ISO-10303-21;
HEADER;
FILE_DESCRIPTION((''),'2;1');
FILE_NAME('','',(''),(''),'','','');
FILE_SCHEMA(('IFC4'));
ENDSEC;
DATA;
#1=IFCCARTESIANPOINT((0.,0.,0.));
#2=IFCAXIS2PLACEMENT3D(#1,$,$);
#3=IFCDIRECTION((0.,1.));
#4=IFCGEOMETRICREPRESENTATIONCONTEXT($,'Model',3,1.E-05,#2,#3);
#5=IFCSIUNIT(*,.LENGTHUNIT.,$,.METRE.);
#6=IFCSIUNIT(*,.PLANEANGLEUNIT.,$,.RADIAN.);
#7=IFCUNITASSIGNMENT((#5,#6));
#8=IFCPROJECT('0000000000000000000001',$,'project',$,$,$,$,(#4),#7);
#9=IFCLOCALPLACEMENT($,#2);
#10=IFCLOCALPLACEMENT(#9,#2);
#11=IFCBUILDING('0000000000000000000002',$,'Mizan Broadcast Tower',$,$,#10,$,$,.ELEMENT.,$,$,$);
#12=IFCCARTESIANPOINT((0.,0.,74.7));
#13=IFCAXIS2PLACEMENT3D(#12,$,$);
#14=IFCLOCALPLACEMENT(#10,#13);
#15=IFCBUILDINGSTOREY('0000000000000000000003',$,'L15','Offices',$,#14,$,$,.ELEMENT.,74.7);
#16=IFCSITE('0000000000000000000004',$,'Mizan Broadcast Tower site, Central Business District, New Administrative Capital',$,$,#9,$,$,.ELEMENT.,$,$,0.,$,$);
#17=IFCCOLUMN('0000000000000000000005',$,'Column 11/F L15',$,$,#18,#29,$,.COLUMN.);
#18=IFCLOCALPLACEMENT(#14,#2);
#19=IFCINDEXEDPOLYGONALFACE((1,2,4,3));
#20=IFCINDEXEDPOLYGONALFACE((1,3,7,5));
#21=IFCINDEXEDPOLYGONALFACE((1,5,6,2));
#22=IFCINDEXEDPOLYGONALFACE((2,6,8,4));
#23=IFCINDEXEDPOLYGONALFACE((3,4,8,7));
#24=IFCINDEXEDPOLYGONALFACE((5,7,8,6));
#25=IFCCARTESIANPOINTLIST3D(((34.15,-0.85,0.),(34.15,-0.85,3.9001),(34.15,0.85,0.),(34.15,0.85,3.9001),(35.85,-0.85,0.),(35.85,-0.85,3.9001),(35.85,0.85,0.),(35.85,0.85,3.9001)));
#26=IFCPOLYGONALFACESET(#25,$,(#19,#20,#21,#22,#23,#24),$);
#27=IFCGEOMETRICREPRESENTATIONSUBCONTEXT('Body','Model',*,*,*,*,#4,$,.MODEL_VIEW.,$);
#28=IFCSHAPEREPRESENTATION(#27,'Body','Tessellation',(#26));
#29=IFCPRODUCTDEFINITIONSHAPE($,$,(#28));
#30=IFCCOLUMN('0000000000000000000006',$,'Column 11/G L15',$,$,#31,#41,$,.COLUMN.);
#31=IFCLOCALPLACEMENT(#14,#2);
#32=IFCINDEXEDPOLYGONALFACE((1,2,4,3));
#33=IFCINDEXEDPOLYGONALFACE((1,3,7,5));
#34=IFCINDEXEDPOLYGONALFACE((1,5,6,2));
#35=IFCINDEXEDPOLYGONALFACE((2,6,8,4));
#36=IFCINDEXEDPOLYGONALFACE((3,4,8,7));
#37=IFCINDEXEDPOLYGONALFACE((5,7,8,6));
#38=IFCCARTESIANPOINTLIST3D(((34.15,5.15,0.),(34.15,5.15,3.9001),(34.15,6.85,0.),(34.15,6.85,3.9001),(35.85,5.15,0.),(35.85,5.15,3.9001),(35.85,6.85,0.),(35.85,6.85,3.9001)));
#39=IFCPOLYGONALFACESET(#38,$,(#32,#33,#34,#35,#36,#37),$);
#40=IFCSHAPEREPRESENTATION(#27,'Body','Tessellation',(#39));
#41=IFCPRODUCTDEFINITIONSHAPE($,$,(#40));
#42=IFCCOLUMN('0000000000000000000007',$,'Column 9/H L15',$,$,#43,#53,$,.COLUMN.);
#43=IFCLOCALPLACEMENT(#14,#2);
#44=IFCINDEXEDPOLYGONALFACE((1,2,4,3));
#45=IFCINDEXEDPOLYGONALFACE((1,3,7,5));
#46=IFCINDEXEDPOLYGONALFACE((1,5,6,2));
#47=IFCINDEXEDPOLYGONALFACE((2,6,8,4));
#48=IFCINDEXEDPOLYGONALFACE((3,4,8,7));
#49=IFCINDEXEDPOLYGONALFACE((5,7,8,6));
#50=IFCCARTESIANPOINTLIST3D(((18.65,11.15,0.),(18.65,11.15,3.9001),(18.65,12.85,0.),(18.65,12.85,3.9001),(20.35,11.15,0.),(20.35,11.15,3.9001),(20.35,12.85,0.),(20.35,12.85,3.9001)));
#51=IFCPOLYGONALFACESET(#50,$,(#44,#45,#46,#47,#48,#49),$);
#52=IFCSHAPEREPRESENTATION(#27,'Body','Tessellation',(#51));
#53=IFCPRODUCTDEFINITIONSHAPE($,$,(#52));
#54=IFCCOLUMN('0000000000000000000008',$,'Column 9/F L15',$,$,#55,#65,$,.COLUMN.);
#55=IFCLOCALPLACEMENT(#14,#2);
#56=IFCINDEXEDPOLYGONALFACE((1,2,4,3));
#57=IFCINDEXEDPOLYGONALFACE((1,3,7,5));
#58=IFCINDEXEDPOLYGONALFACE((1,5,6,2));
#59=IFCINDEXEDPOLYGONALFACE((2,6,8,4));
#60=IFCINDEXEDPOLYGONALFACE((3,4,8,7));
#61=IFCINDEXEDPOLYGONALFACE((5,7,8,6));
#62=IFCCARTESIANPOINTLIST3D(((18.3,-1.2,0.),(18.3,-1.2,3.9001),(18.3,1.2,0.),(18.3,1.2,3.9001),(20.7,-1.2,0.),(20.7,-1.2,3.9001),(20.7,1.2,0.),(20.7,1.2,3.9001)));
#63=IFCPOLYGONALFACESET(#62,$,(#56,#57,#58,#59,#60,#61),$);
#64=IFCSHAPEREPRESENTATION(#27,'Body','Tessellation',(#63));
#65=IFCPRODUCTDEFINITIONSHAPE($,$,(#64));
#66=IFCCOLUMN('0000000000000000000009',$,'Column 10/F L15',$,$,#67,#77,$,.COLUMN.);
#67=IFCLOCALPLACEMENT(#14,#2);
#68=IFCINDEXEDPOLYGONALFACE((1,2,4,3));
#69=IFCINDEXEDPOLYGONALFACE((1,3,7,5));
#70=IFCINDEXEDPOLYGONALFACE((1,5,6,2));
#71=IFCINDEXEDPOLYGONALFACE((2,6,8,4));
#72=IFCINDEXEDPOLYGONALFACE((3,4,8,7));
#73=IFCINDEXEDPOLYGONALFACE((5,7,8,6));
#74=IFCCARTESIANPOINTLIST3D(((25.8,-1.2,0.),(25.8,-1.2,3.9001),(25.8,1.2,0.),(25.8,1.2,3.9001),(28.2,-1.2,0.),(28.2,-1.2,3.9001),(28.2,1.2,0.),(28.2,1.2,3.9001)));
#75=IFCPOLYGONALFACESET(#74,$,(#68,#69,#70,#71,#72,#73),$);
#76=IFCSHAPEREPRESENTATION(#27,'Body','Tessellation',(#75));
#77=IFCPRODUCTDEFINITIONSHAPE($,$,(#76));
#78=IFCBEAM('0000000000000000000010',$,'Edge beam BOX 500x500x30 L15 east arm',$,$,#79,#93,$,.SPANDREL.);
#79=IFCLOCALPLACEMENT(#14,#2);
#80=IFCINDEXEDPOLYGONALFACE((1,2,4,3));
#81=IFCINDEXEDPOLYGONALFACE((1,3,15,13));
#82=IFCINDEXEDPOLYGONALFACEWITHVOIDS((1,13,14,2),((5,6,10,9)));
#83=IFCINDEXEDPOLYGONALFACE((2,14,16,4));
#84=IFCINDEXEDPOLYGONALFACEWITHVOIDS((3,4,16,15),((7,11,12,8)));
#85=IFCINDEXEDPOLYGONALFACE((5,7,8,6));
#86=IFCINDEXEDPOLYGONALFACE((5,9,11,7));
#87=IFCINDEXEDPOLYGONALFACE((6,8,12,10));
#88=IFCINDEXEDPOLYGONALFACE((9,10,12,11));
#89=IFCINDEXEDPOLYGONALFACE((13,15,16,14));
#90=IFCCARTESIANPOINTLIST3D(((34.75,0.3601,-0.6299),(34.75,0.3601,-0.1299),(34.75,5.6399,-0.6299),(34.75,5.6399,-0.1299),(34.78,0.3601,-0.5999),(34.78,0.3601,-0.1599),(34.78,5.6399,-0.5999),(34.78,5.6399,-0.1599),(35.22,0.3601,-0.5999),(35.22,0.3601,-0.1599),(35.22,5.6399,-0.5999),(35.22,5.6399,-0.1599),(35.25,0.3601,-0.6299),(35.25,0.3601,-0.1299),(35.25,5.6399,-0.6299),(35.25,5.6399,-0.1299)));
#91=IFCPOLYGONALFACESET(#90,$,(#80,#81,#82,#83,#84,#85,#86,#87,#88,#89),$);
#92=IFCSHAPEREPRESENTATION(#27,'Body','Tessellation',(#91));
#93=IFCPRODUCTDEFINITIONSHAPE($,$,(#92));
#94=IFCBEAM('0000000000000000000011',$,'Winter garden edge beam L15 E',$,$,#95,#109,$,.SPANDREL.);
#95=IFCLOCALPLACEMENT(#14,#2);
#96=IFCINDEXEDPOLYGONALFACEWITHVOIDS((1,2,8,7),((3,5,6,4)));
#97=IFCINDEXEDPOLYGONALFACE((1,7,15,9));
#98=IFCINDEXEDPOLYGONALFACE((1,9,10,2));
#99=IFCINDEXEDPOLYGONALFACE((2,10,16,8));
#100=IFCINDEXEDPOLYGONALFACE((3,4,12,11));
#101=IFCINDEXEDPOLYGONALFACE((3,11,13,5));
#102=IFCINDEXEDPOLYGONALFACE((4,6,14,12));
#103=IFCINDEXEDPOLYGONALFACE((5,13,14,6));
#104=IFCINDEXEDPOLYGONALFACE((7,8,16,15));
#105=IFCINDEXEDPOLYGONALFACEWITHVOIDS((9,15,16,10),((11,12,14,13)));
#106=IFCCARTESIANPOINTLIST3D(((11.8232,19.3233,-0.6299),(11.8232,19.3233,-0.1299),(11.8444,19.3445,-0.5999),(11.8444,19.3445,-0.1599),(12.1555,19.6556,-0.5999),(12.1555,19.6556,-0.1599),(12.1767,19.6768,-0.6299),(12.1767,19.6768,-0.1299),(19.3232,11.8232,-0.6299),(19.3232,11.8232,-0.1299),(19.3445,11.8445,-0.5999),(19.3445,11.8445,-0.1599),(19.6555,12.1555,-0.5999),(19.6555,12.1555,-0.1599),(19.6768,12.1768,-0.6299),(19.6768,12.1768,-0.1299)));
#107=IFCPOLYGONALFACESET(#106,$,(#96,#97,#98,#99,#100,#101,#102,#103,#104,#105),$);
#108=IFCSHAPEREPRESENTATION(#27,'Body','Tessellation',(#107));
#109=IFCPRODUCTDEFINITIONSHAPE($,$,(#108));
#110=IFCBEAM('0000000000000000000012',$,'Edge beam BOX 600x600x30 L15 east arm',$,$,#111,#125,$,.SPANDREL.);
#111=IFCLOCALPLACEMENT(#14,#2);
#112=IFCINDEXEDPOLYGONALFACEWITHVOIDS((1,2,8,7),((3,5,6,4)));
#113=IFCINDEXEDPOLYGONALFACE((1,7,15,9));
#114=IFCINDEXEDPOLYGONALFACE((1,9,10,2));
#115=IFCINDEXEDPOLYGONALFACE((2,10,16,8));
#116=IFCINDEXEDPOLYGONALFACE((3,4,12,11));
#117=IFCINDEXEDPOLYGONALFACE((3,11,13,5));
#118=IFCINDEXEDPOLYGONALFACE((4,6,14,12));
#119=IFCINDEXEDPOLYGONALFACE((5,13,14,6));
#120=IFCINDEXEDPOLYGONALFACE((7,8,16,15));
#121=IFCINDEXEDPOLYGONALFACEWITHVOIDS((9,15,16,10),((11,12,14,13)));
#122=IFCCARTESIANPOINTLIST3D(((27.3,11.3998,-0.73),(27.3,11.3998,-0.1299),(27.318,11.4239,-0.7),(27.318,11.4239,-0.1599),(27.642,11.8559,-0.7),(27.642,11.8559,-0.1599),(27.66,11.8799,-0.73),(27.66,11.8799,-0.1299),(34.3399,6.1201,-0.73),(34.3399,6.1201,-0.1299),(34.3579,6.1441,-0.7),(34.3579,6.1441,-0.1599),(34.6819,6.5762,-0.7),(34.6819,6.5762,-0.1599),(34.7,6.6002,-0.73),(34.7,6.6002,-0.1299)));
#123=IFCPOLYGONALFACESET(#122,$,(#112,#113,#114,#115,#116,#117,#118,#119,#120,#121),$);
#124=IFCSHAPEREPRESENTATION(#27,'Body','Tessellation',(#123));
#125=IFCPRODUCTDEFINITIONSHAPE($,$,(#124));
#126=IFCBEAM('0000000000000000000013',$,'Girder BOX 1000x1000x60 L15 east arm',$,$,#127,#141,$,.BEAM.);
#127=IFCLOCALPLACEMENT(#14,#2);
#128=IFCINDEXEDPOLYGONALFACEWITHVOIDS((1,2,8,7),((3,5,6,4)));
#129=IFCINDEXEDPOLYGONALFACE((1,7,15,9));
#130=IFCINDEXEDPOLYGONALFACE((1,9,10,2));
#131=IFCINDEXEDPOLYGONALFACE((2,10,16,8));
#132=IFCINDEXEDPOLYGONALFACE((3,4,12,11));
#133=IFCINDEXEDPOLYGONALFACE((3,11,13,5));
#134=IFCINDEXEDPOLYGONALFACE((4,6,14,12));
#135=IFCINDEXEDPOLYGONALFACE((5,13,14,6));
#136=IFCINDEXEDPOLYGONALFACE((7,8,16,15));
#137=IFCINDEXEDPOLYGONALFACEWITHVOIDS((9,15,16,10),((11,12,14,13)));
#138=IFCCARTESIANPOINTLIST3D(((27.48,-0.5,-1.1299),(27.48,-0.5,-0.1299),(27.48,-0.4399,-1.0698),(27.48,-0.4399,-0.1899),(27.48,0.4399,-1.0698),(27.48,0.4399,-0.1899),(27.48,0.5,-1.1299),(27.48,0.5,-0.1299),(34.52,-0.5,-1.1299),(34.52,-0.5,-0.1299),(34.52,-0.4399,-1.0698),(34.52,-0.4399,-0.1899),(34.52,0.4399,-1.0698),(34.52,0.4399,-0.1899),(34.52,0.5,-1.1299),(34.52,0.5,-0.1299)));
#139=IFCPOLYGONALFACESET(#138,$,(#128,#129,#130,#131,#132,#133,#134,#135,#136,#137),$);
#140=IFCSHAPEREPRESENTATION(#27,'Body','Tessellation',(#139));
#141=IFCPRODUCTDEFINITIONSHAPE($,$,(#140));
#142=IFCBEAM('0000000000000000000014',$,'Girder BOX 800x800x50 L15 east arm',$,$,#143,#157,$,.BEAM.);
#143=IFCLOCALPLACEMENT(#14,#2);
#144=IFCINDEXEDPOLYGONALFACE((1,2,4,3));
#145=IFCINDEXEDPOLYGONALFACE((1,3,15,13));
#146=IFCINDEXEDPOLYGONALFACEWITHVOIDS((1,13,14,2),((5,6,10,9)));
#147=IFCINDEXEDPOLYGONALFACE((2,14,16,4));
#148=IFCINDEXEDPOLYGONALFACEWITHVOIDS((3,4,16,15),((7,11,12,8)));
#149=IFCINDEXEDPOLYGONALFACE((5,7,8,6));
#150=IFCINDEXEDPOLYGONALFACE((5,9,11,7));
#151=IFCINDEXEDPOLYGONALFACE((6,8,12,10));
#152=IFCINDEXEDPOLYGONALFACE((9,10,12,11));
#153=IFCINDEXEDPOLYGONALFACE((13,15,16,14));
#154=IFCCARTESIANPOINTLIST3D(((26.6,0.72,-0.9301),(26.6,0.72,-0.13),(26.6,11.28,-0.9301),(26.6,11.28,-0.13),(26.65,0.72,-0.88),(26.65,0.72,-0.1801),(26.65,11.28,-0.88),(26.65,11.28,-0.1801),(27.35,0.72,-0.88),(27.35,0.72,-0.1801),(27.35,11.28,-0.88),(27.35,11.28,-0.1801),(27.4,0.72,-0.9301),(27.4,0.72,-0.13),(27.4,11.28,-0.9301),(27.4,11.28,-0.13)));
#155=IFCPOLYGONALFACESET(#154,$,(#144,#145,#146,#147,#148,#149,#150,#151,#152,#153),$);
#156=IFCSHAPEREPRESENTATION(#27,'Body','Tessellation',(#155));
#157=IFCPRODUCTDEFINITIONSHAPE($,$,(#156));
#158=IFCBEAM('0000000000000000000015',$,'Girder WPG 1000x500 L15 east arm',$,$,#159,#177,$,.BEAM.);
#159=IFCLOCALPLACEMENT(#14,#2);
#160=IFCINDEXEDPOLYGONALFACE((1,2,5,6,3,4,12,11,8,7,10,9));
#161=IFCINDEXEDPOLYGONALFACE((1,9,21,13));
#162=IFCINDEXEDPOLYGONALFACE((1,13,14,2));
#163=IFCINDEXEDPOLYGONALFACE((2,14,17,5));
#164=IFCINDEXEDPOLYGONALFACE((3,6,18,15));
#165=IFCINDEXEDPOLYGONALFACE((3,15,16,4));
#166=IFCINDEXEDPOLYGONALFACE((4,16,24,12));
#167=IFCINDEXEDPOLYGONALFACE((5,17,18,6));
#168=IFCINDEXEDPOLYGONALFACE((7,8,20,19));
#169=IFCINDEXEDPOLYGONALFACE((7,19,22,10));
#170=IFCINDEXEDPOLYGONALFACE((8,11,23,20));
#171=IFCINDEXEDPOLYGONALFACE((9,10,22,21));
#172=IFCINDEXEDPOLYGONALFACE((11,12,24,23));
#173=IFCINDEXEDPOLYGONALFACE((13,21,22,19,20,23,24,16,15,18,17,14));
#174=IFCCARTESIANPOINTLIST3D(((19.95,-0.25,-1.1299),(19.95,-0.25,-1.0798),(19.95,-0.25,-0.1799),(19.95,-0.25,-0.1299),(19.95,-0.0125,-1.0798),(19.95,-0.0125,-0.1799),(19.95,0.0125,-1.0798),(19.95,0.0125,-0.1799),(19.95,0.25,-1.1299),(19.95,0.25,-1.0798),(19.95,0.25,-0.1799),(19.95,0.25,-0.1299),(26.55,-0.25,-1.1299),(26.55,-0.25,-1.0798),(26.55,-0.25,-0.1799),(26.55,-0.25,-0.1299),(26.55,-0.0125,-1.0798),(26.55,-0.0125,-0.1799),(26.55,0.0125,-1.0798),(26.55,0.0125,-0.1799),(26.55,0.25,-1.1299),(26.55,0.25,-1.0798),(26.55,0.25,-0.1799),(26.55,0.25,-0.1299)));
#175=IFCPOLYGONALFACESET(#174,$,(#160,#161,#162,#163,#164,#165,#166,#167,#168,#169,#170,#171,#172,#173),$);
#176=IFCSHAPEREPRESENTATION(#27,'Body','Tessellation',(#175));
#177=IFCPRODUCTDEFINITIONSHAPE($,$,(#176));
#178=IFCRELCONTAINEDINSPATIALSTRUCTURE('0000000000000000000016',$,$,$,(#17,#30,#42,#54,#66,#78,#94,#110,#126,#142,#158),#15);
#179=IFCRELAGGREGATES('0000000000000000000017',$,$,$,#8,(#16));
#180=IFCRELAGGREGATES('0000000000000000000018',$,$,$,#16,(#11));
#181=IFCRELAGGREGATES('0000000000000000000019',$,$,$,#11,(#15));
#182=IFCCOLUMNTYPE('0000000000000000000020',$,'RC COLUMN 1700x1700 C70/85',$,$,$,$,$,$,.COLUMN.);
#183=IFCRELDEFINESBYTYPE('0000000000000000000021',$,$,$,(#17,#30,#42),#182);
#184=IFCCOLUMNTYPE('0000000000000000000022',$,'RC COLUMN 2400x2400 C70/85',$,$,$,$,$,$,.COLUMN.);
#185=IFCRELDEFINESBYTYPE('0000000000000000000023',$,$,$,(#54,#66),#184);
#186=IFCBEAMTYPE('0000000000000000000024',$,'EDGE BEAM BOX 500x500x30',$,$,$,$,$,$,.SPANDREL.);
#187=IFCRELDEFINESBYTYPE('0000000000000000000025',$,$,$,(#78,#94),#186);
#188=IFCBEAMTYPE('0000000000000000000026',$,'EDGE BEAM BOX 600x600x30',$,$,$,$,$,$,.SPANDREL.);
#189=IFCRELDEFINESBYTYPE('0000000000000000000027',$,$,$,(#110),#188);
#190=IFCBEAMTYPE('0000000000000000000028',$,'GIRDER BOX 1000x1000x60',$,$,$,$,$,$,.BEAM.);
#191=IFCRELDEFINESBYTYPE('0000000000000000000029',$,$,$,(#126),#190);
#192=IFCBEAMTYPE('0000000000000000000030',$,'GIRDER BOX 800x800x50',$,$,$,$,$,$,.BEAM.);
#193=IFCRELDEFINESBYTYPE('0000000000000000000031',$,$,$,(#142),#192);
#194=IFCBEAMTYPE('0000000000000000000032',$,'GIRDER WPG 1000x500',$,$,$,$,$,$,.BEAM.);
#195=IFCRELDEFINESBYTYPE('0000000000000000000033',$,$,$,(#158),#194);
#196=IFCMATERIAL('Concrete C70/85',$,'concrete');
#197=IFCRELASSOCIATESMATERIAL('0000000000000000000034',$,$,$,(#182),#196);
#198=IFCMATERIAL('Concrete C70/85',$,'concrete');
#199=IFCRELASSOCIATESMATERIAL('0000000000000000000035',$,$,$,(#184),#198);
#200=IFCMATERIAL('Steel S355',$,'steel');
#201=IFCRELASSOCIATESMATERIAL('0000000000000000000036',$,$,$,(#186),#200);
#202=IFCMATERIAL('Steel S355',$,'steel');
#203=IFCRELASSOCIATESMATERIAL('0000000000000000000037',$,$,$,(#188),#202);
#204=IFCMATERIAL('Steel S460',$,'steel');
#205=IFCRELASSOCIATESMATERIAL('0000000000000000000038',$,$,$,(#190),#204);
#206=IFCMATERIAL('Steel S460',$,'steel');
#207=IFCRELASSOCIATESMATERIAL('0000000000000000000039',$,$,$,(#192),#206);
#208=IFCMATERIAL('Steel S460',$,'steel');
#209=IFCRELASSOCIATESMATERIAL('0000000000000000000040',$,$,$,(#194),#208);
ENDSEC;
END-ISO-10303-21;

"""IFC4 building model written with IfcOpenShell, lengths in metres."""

from ifc_helpers import new_model, si_unit, direction, frame, origin, origin_2d, place, context, subcontext, project, spatial, rectangle, hollow_rectangle, i_section, extrude, material, material_profile, profile_set, type_object, element, save


model = new_model("IFC4")

# Units and contexts
model_context = context("Model", 3, precision=1e-05, world=origin(), true_north=direction((0.0, 1.0)))
body_context = subcontext(model_context, "Body", "Model", "MODEL_VIEW")
ifc_project = project(units=[si_unit("LENGTHUNIT", "METRE"), si_unit("PLANEANGLEUNIT", "RADIAN")], contexts=[model_context])

# Site, building, storey
site_placement = place(None, origin())
site = spatial("IfcSite", under=ifc_project, at=site_placement, Name="Mizan Broadcast Tower site, Central Business District, New Administrative Capital", CompositionType="ELEMENT", RefElevation=0.0)
building_placement = place(site_placement, origin())
building = spatial("IfcBuilding", under=site, at=building_placement, Name="Mizan Broadcast Tower", CompositionType="ELEMENT")
storey_placement = place(building_placement, frame((0.0, 0.0, 74.7)))
storey = spatial("IfcBuildingStorey", under=building, at=storey_placement, Name="L15", Description="Offices", CompositionType="ELEMENT", Elevation=74.7)

# Columns
ifc_material_1 = material(Name="Concrete C70/85", Category="concrete")
ifc_material_profile_1 = material_profile(ifc_material_1, rectangle(XDim=1.7, YDim=1.7, at=origin_2d()), Name="RC 1700x1700")
ifc_profile_set_1 = profile_set([ifc_material_profile_1], Name="Concrete C70/85")
column_type_1 = type_object("IfcColumnType", Name="RC COLUMN 1700x1700 C70/85", PredefinedType="COLUMN", material=ifc_profile_set_1)
for number, where, z_axis, x_axis, name in (
    (1, (35.0, 0.0, 0.0), (0.0, 0.0, 1.0), (1.0, 0.0, 0.0), "Column 11/F L15"),
    (2, (35.0, 6.0, 0.0), (0.0, 0.0, 1.0), (1.0, 0.0, 0.0), "Column 11/G L15"),
    (3, (19.5, 12.0, 0.0), (0.0, 0.0, 1.0), (1.0, 0.0, 0.0), "Column 9/H L15"),
):
    element("IfcColumn", number, at=place(storey_placement, frame(where, z_axis=z_axis, x_axis=x_axis)), inside=storey, type_object=column_type_1, Name=name, PredefinedType="COLUMN", context=body_context, shape_type="SweptSolid", body=[
        extrude(rectangle(XDim=1.7, YDim=1.7, at=origin_2d()), origin(), (0.0, 0.0, 1.0), 3.9001),
    ])
ifc_material_2 = material(Name="Concrete C70/85", Category="concrete")
ifc_material_profile_2 = material_profile(ifc_material_2, rectangle(XDim=2.3999, YDim=2.3999, at=origin_2d()), Name="RC 2400x2400")
ifc_profile_set_2 = profile_set([ifc_material_profile_2], Name="Concrete C70/85")
column_type_2 = type_object("IfcColumnType", Name="RC COLUMN 2400x2400 C70/85", PredefinedType="COLUMN", material=ifc_profile_set_2)
for number, where, z_axis, x_axis, name in (
    (4, (19.5, 0.0, 0.0), (0.0, 0.0, 1.0), (1.0, 0.0, 0.0), "Column 9/F L15"),
    (5, (27.0, 0.0, 0.0), (0.0, 0.0, 1.0), (1.0, 0.0, 0.0), "Column 10/F L15"),
):
    element("IfcColumn", number, at=place(storey_placement, frame(where, z_axis=z_axis, x_axis=x_axis)), inside=storey, type_object=column_type_2, Name=name, PredefinedType="COLUMN", context=body_context, shape_type="SweptSolid", body=[
        extrude(rectangle(XDim=2.3999, YDim=2.3999, at=origin_2d()), origin(), (0.0, 0.0, 1.0), 3.9001),
    ])

# Beams
ifc_material_3 = material(Name="Steel S355", Category="steel")
ifc_material_profile_3 = material_profile(ifc_material_3, hollow_rectangle(XDim=0.5, YDim=0.5, WallThickness=0.03, at=origin_2d()), Name="BOX 500x500x30")
ifc_profile_set_3 = profile_set([ifc_material_profile_3], Name="Steel S355")
beam_type_1 = type_object("IfcBeamType", Name="EDGE BEAM BOX 500x500x30", PredefinedType="SPANDREL", material=ifc_profile_set_3)
beam_1_placement = place(storey_placement, frame((35.0, 5.6399, -0.3799), z_axis=(0.0, -1.0, 0.0), x_axis=(1.0, 0.0, 0.0)))
element("IfcBeam", 6, at=beam_1_placement, inside=storey, type_object=beam_type_1, Name="Edge beam BOX 500x500x30 L15 east arm", PredefinedType="SPANDREL", context=body_context, shape_type="SweptSolid", body=[
    extrude(hollow_rectangle(XDim=0.5, YDim=0.5, WallThickness=0.03, at=origin_2d()), origin(), (0.0, 0.0, 1.0), 5.2798),
])
beam_2_placement = place(storey_placement, frame((19.5, 12.0, -0.3799), z_axis=(-0.707107, 0.707107, 0.0), x_axis=(-0.707107, -0.707107, 0.0)))
element("IfcBeam", 7, at=beam_2_placement, inside=storey, type_object=beam_type_1, Name="Winter garden edge beam L15 E", PredefinedType="SPANDREL", context=body_context, shape_type="SweptSolid", body=[
    extrude(hollow_rectangle(XDim=0.5, YDim=0.5, WallThickness=0.03, at=origin_2d()), origin(), (0.0, 0.0, 1.0), 10.6067),
])
ifc_material_4 = material(Name="Steel S355", Category="steel")
ifc_material_profile_4 = material_profile(ifc_material_4, hollow_rectangle(XDim=0.6001, YDim=0.6001, WallThickness=0.03, at=origin_2d()), Name="BOX 600x600x30")
ifc_profile_set_4 = profile_set([ifc_material_profile_4], Name="Steel S355")
beam_type_2 = type_object("IfcBeamType", Name="EDGE BEAM BOX 600x600x30", PredefinedType="SPANDREL", material=ifc_profile_set_4)
beam_3_placement = place(storey_placement, frame((27.48, 11.6399, -0.4299), z_axis=(0.800013, -0.599982, 0.0), x_axis=(0.599982, 0.800013, 0.0)))
element("IfcBeam", 8, at=beam_3_placement, inside=storey, type_object=beam_type_2, Name="Edge beam BOX 600x600x30 L15 east arm", PredefinedType="SPANDREL", context=body_context, shape_type="SweptSolid", body=[
    extrude(hollow_rectangle(XDim=0.6001, YDim=0.6001, WallThickness=0.03, at=origin_2d()), origin(), (0.0, 0.0, 1.0), 8.7998),
])
ifc_material_5 = material(Name="Steel S460", Category="steel")
ifc_material_profile_5 = material_profile(ifc_material_5, hollow_rectangle(XDim=1.0, YDim=1.0, WallThickness=0.0601, at=origin_2d()), Name="BOX 1000x1000x60")
ifc_profile_set_5 = profile_set([ifc_material_profile_5], Name="Steel S460")
beam_type_3 = type_object("IfcBeamType", Name="GIRDER BOX 1000x1000x60", PredefinedType="BEAM", material=ifc_profile_set_5)
beam_4_placement = place(storey_placement, frame((27.48, 0.0, -0.6299), z_axis=(1.0, 0.0, 0.0), x_axis=(0.0, 1.0, 0.0)))
element("IfcBeam", 9, at=beam_4_placement, inside=storey, type_object=beam_type_3, Name="Girder BOX 1000x1000x60 L15 east arm", PredefinedType="BEAM", context=body_context, shape_type="SweptSolid", body=[
    extrude(hollow_rectangle(XDim=1.0, YDim=1.0, WallThickness=0.0601, at=origin_2d()), origin(), (0.0, 0.0, 1.0), 7.04),
])
ifc_material_6 = material(Name="Steel S460", Category="steel")
ifc_material_profile_6 = material_profile(ifc_material_6, hollow_rectangle(XDim=0.8, YDim=0.8, WallThickness=0.05, at=origin_2d()), Name="BOX 800x800x50")
ifc_profile_set_6 = profile_set([ifc_material_profile_6], Name="Steel S460")
beam_type_4 = type_object("IfcBeamType", Name="GIRDER BOX 800x800x50", PredefinedType="BEAM", material=ifc_profile_set_6)
beam_5_placement = place(storey_placement, frame((27.0, 11.28, -0.53), z_axis=(0.0, -1.0, 0.0), x_axis=(1.0, 0.0, 0.0)))
element("IfcBeam", 10, at=beam_5_placement, inside=storey, type_object=beam_type_4, Name="Girder BOX 800x800x50 L15 east arm", PredefinedType="BEAM", context=body_context, shape_type="SweptSolid", body=[
    extrude(hollow_rectangle(XDim=0.8, YDim=0.8, WallThickness=0.05, at=origin_2d()), origin(), (0.0, 0.0, 1.0), 10.5601),
])
ifc_material_7 = material(Name="Steel S460", Category="steel")
ifc_material_profile_7 = material_profile(ifc_material_7, i_section(OverallWidth=0.5, OverallDepth=1.0, WebThickness=0.0249, FlangeThickness=0.05, at=origin_2d()), Name="WPG 1000x500")
ifc_profile_set_7 = profile_set([ifc_material_profile_7], Name="Steel S460")
beam_type_5 = type_object("IfcBeamType", Name="GIRDER WPG 1000x500", PredefinedType="BEAM", material=ifc_profile_set_7)
beam_6_placement = place(storey_placement, frame((19.95, 0.0, -0.6299), z_axis=(1.0, 0.0, 0.0), x_axis=(0.0, 1.0, 0.0)))
element("IfcBeam", 11, at=beam_6_placement, inside=storey, type_object=beam_type_5, Name="Girder WPG 1000x500 L15 east arm", PredefinedType="BEAM", context=body_context, shape_type="SweptSolid", body=[
    extrude(i_section(OverallWidth=0.5, OverallDepth=1.0, WebThickness=0.0249, FlangeThickness=0.05, at=origin_2d()), origin(), (0.0, 0.0, 1.0), 6.6001),
])

save(model, "model.ifc")
